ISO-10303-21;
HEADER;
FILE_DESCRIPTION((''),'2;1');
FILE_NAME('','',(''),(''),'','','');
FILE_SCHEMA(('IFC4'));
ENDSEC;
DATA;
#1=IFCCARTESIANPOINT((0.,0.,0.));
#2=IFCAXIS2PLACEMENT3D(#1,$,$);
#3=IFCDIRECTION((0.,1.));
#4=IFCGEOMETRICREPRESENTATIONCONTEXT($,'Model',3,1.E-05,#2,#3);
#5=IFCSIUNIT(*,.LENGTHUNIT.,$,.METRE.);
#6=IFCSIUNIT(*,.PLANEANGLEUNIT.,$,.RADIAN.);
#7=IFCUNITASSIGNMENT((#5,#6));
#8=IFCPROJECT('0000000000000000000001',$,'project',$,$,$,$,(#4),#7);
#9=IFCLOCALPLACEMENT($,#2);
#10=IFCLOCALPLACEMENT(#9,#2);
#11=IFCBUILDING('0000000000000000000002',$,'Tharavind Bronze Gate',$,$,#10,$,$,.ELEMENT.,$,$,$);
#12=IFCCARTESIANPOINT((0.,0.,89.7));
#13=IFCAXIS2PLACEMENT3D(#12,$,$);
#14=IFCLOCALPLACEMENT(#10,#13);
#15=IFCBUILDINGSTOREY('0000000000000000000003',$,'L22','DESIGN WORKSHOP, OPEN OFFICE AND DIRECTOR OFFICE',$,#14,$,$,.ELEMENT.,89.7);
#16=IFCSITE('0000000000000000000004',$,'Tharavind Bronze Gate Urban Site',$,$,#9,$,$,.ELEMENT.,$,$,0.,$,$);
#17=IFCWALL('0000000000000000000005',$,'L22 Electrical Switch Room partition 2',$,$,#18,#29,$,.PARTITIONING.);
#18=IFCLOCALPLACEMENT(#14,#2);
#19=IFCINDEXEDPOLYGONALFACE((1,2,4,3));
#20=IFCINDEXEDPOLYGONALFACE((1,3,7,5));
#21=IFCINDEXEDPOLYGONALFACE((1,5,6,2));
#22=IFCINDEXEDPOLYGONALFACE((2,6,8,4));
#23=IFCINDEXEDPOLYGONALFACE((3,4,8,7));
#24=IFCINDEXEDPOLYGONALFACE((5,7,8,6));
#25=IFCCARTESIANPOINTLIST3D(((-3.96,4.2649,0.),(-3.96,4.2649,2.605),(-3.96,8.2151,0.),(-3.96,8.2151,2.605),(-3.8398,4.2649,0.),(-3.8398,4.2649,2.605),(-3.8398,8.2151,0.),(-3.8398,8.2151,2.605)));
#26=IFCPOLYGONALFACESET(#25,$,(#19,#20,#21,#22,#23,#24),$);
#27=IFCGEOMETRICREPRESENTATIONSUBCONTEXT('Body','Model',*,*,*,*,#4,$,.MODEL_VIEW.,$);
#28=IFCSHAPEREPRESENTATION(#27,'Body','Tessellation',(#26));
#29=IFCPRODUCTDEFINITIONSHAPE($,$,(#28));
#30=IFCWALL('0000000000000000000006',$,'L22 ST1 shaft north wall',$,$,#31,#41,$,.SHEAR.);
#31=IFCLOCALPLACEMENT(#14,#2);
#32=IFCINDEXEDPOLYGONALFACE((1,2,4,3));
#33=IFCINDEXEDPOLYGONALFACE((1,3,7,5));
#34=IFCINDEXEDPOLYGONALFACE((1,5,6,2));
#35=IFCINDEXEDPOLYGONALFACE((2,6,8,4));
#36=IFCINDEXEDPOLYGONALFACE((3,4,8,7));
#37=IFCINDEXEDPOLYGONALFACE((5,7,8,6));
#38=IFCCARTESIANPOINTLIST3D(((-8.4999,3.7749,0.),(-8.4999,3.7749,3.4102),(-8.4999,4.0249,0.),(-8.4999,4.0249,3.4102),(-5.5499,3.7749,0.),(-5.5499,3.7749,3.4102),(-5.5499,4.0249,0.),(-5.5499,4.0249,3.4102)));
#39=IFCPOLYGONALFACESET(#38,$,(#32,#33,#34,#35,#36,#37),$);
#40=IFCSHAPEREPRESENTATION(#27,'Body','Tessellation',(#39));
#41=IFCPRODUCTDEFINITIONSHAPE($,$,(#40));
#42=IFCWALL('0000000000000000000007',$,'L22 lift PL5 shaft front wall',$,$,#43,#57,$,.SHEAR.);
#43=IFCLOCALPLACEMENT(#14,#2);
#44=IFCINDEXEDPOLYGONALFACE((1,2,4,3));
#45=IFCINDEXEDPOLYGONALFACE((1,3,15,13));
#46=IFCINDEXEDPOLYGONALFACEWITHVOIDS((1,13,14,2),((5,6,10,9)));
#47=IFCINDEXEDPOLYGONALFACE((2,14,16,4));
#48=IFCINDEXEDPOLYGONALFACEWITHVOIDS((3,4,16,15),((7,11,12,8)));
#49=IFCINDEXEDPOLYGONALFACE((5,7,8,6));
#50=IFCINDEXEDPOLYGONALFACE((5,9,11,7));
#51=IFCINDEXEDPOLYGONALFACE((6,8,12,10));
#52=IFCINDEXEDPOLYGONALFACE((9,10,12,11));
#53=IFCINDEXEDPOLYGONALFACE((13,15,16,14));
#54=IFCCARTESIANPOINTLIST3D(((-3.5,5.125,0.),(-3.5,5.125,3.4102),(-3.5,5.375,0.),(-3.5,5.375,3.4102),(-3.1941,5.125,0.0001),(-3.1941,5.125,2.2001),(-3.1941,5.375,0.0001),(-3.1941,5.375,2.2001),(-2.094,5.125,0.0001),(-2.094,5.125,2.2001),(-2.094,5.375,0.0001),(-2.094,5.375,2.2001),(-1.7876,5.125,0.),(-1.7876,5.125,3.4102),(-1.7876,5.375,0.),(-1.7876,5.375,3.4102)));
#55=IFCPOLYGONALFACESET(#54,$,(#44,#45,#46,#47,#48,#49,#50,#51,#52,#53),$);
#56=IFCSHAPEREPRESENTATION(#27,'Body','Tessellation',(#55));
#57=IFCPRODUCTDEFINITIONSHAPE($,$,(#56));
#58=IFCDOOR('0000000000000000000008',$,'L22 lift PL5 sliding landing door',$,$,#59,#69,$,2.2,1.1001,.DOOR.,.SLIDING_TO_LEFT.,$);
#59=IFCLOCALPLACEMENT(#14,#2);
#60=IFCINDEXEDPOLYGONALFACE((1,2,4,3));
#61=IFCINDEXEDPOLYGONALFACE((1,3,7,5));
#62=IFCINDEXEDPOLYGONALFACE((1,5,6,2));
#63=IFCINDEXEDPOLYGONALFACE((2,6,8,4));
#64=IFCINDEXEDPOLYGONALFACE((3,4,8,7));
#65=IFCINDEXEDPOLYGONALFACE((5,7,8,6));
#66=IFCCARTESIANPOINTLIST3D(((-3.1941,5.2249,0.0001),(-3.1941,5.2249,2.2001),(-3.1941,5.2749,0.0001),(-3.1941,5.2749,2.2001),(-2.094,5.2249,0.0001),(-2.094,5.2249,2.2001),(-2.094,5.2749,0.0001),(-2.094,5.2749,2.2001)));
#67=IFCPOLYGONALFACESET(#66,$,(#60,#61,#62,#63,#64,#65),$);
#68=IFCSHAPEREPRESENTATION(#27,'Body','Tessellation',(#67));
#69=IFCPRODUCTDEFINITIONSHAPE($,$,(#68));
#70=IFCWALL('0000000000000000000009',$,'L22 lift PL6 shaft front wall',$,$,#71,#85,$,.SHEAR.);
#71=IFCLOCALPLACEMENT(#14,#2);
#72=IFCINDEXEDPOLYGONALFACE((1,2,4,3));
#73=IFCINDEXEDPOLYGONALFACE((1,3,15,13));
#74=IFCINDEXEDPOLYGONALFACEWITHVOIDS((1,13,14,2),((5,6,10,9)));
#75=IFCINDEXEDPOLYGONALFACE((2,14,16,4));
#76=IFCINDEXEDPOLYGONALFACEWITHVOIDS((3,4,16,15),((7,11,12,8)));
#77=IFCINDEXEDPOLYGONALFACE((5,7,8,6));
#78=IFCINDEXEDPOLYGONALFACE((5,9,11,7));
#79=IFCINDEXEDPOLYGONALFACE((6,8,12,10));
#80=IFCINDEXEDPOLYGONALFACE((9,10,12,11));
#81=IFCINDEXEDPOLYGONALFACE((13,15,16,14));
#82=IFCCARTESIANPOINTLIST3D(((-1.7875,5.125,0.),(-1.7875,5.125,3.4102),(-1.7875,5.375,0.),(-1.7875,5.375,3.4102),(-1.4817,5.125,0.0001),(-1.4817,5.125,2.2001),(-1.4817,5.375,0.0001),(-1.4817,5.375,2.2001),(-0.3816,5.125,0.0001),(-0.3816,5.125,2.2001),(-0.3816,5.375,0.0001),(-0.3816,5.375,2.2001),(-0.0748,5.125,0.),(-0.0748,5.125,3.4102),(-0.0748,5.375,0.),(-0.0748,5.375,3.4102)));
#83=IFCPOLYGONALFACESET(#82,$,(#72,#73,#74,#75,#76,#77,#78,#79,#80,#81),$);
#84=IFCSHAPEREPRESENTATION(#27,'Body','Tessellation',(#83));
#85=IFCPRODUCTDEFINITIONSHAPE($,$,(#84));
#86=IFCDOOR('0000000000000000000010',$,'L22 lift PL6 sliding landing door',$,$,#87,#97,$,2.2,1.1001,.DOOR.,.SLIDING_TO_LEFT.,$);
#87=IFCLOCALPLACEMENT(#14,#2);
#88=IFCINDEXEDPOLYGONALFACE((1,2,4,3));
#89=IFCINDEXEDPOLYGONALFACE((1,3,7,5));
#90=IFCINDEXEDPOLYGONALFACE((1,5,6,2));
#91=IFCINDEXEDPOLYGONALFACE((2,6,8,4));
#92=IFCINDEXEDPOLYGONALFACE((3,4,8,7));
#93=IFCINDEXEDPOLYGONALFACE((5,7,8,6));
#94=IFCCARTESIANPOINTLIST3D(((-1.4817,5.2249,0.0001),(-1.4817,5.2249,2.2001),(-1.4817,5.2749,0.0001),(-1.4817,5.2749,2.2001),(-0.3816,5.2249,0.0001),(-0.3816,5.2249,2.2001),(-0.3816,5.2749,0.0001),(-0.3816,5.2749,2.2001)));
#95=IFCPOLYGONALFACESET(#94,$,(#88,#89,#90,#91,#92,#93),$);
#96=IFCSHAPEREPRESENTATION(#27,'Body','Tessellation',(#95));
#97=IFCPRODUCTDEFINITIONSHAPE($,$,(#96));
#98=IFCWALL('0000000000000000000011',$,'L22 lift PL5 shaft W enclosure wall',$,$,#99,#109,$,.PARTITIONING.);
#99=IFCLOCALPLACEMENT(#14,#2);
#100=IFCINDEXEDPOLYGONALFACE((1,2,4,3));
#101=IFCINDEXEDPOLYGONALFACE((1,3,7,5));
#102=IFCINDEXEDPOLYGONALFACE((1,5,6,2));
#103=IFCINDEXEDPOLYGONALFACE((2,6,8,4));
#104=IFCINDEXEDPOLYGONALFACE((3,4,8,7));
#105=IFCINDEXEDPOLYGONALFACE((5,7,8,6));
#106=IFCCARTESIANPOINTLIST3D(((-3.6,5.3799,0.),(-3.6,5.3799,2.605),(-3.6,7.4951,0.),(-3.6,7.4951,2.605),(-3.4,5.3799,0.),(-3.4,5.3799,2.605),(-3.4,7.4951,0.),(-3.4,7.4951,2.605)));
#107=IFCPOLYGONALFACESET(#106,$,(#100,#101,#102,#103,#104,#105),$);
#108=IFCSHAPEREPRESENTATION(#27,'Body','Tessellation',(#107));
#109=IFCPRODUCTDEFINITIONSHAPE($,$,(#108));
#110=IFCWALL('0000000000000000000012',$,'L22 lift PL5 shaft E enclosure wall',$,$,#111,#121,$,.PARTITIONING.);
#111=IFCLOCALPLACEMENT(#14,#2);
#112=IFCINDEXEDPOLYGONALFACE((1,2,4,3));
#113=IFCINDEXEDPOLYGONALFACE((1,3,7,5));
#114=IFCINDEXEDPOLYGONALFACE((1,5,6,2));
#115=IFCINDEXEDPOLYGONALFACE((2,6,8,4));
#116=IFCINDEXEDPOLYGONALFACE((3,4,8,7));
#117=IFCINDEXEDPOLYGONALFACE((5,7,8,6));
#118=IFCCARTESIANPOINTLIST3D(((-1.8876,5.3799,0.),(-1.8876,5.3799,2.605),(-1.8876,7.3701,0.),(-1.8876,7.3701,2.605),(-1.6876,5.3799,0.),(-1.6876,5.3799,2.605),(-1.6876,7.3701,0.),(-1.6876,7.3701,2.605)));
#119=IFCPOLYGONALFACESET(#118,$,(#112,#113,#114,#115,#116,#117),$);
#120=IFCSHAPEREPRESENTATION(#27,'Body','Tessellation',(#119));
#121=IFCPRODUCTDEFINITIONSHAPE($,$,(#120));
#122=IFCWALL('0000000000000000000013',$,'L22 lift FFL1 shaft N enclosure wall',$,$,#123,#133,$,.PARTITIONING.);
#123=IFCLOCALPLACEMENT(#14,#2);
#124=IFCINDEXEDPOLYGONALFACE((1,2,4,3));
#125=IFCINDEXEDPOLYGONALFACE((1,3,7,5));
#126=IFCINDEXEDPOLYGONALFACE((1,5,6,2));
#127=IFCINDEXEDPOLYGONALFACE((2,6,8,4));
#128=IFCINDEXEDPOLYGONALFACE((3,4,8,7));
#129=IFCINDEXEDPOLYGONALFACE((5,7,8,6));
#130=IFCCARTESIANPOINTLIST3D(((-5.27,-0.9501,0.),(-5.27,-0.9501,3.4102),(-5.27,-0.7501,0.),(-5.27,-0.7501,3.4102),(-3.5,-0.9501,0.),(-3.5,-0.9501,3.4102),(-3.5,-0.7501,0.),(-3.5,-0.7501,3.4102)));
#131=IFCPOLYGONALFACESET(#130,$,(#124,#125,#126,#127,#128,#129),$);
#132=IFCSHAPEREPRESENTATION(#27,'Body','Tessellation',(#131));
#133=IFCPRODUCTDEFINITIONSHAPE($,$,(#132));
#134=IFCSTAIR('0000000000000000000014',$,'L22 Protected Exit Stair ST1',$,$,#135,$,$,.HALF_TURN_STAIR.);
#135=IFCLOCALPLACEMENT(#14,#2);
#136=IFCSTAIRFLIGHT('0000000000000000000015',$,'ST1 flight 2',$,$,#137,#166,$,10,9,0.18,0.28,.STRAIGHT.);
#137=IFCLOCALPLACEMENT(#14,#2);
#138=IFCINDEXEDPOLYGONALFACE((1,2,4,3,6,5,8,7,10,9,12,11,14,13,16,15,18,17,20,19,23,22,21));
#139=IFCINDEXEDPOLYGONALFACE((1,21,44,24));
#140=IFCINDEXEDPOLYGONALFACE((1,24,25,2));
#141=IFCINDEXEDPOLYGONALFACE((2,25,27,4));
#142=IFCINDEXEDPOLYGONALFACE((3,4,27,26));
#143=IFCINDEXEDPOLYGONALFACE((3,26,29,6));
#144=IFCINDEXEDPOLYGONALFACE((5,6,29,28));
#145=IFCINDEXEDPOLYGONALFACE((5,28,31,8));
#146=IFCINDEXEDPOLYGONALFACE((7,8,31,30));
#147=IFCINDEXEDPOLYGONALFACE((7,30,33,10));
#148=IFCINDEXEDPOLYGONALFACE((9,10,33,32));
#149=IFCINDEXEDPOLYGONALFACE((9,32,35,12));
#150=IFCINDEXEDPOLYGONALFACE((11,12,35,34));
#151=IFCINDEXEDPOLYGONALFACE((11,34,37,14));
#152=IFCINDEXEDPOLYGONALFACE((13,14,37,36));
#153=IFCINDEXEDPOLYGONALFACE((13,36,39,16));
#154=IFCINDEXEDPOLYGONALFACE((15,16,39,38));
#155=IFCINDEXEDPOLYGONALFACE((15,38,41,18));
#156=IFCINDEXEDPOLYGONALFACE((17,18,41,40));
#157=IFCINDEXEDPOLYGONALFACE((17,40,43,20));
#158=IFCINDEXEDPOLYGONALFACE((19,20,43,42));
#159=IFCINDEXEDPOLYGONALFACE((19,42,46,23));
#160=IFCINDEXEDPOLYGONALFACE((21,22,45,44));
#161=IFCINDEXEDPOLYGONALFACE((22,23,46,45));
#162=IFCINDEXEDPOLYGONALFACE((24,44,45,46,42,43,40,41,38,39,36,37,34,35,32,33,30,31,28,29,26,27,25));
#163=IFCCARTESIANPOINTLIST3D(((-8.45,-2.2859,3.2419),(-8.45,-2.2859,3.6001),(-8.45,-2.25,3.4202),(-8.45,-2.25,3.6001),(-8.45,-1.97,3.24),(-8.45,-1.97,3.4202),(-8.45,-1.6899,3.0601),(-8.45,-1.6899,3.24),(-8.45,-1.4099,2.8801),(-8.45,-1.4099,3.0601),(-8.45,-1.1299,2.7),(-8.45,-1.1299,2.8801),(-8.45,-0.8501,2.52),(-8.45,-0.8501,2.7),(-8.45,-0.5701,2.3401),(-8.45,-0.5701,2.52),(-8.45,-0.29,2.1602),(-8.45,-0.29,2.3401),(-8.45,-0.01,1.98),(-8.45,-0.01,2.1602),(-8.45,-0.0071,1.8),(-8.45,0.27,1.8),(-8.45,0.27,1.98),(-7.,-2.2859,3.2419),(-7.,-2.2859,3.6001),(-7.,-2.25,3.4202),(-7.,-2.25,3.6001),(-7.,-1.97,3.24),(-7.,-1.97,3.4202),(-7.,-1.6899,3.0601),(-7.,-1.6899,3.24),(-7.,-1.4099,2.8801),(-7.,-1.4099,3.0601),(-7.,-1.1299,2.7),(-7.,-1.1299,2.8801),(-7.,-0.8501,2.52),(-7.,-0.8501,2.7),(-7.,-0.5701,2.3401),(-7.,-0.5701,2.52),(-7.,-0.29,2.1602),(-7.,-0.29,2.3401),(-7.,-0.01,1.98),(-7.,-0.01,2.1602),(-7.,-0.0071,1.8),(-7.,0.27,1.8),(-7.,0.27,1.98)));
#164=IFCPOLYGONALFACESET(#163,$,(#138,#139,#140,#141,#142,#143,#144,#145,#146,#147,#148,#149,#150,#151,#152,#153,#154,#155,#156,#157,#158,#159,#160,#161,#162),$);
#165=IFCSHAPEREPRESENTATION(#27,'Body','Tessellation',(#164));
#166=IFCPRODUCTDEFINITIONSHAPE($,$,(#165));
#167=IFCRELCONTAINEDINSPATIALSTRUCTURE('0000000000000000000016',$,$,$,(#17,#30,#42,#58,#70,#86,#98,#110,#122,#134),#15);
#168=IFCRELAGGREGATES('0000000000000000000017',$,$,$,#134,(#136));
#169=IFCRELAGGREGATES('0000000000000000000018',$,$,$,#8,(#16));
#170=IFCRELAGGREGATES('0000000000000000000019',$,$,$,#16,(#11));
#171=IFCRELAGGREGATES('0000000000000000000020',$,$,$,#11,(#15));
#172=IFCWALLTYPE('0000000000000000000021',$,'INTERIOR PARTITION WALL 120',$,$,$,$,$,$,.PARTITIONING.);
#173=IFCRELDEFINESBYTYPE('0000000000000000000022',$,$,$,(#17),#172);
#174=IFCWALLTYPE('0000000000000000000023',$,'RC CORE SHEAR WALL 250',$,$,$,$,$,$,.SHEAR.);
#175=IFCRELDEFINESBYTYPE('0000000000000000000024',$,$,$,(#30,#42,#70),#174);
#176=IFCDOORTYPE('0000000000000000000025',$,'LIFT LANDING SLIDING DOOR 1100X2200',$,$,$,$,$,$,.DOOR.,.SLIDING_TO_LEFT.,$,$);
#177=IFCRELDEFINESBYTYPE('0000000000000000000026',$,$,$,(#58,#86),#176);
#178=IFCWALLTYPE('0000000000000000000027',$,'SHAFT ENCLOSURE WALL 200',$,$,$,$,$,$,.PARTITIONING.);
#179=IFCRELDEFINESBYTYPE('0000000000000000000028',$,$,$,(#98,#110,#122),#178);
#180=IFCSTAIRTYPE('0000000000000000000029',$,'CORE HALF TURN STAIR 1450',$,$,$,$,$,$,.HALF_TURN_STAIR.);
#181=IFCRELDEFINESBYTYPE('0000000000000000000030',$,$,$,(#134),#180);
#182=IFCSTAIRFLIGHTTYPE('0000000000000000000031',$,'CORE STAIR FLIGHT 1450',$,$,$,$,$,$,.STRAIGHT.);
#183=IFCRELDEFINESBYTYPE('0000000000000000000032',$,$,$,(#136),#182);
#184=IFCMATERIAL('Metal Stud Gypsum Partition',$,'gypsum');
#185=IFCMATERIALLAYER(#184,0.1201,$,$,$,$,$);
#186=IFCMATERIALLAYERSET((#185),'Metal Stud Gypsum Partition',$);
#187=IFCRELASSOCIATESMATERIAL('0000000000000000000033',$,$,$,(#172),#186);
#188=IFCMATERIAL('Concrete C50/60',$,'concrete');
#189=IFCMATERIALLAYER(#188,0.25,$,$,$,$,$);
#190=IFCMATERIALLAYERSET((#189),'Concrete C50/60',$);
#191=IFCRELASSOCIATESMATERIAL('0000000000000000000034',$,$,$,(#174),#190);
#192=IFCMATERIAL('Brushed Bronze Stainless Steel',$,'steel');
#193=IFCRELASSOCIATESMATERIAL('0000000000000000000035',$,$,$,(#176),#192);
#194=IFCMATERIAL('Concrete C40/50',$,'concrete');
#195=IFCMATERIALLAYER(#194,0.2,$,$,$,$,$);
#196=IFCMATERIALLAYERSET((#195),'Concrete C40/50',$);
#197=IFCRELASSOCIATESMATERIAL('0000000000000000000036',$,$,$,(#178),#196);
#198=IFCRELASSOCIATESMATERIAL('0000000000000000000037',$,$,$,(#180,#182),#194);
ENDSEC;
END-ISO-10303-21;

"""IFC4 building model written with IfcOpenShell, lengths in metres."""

from ifc_helpers import new_model, si_unit, direction, frame, frame_2d, origin, place, context, subcontext, project, spatial, polyline, rectangle, outline, extrude, material, layer, layer_set, type_object, element, fill, aggregate, save


model = new_model("IFC4")

# Units and contexts
model_context = context("Model", 3, precision=1e-05, world=origin(), true_north=direction((0.0, 1.0)))
body_context = subcontext(model_context, "Body", "Model", "MODEL_VIEW")
ifc_project = project(units=[si_unit("LENGTHUNIT", "METRE"), si_unit("PLANEANGLEUNIT", "RADIAN")], contexts=[model_context])

# Site, building, storey
site_placement = place(None, origin())
site = spatial("IfcSite", under=ifc_project, at=site_placement, Name="Tharavind Bronze Gate Urban Site", CompositionType="ELEMENT", RefElevation=0.0)
building_placement = place(site_placement, origin())
building = spatial("IfcBuilding", under=site, at=building_placement, Name="Tharavind Bronze Gate", CompositionType="ELEMENT")
storey_placement = place(building_placement, frame((0.0, 0.0, 89.7)))
storey = spatial("IfcBuildingStorey", under=building, at=storey_placement, Name="L22", Description="DESIGN WORKSHOP, OPEN OFFICE AND DIRECTOR OFFICE", CompositionType="ELEMENT", Elevation=89.7)

# Shared definitions
ifc_material_1 = material(Name="Metal Stud Gypsum Partition", Category="gypsum")
ifc_layer_1 = layer(ifc_material_1, 0.1201)
ifc_layer_set_1 = layer_set([ifc_layer_1], Name="Metal Stud Gypsum Partition")
wall_type_1 = type_object("IfcWallType", Name="INTERIOR PARTITION WALL 120", PredefinedType="PARTITIONING", material=ifc_layer_set_1)

# Walls
wall_1_placement = place(storey_placement, frame((-3.8999, 4.2649, 0.0), z_axis=(0.0, 0.0, 1.0), x_axis=(0.0, 1.0, 0.0)))
element("IfcWall", 1, at=wall_1_placement, inside=storey, type_object=wall_type_1, Name="L22 Electrical Switch Room partition 2", PredefinedType="PARTITIONING", context=body_context, shape_type="SweptSolid", body=[
    extrude(rectangle(XDim=3.9502, YDim=0.1201, at=frame_2d((1.9751, 0.0))), origin(), (0.0, 0.0, 1.0), 2.605),
])
ifc_material_2 = material(Name="Concrete C50/60", Category="concrete")
ifc_layer_2 = layer(ifc_material_2, 0.25)
ifc_layer_set_2 = layer_set([ifc_layer_2], Name="Concrete C50/60")
wall_type_2 = type_object("IfcWallType", Name="RC CORE SHEAR WALL 250", PredefinedType="SHEAR", material=ifc_layer_set_2)
wall_2_placement = place(storey_placement, frame((-8.5, 3.8999, 0.0), z_axis=(0.0, 0.0, 1.0), x_axis=(1.0, 0.0, 0.0)))
element("IfcWall", 2, at=wall_2_placement, inside=storey, type_object=wall_type_2, Name="L22 ST1 shaft north wall", PredefinedType="SHEAR", context=body_context, shape_type="SweptSolid", body=[
    extrude(rectangle(XDim=2.95, YDim=0.25, at=frame_2d((1.4751, 0.0))), origin(), (0.0, 0.0, 1.0), 3.4102),
])

# Walls, openings, doors
wall_3_placement = place(storey_placement, frame((-3.5, 5.25, 0.0), z_axis=(0.0, 0.0, 1.0), x_axis=(1.0, 0.0, 0.0)))
wall_3 = element("IfcWall", 3, at=wall_3_placement, inside=storey, type_object=wall_type_2, Name="L22 lift PL5 shaft front wall", PredefinedType="SHEAR", context=body_context, shape_type="SweptSolid", body=[
    extrude(rectangle(XDim=1.7124, YDim=0.25, at=frame_2d((0.8562, 0.0))), origin(), (0.0, 0.0, 1.0), 3.4102),
])
opening_1_placement = place(wall_3_placement, frame((0.3059, 0.0, 0.0)))
opening_1 = element("IfcOpeningElement", 4, at=opening_1_placement, cuts=wall_3, PredefinedType="OPENING", context=body_context, shape_type="SweptSolid", body=[
    extrude(rectangle(XDim=1.1001, YDim=2.2, at=frame_2d((0.55, 1.1001))), frame((0.0, 0.135, 0.0), z_axis=(0.0, -1.0, 0.0), x_axis=(1.0, 0.0, 0.0)), (0.0, 0.0, 1.0), 0.27),
])
ifc_material_3 = material(Name="Brushed Bronze Stainless Steel", Category="steel")
door_type_1 = type_object("IfcDoorType", Name="LIFT LANDING SLIDING DOOR 1100X2200", OperationType="SLIDING_TO_LEFT", PredefinedType="DOOR", material=ifc_material_3)
door_1_placement = place(opening_1_placement, origin())
door_1 = element("IfcDoor", 5, at=door_1_placement, inside=storey, type_object=door_type_1, Name="L22 lift PL5 sliding landing door", OperationType="SLIDING_TO_LEFT", OverallHeight=2.2, OverallWidth=1.1001, PredefinedType="DOOR", context=body_context, shape_type="SweptSolid", body=[
    extrude(rectangle(XDim=1.1001, YDim=2.2, at=frame_2d((0.55, 1.1001))), frame((0.0, 0.0249, 0.0), z_axis=(0.0, -1.0, 0.0), x_axis=(1.0, 0.0, 0.0)), (0.0, 0.0, 1.0), 0.05),
])
fill(opening_1, door_1)
wall_4_placement = place(storey_placement, frame((-1.7876, 5.25, 0.0), z_axis=(0.0, 0.0, 1.0), x_axis=(1.0, 0.0, 0.0)))
wall_4 = element("IfcWall", 6, at=wall_4_placement, inside=storey, type_object=wall_type_2, Name="L22 lift PL6 shaft front wall", PredefinedType="SHEAR", context=body_context, shape_type="SweptSolid", body=[
    extrude(rectangle(XDim=1.7126, YDim=0.25, at=frame_2d((0.8564, 0.0))), origin(), (0.0, 0.0, 1.0), 3.4102),
])
opening_2_placement = place(wall_4_placement, frame((0.3059, 0.0, 0.0)))
opening_2 = element("IfcOpeningElement", 7, at=opening_2_placement, cuts=wall_4, PredefinedType="OPENING", context=body_context, shape_type="SweptSolid", body=[
    extrude(rectangle(XDim=1.1001, YDim=2.2, at=frame_2d((0.55, 1.1001))), frame((0.0, 0.135, 0.0), z_axis=(0.0, -1.0, 0.0), x_axis=(1.0, 0.0, 0.0)), (0.0, 0.0, 1.0), 0.27),
])
door_2_placement = place(opening_2_placement, origin())
door_2 = element("IfcDoor", 8, at=door_2_placement, inside=storey, type_object=door_type_1, Name="L22 lift PL6 sliding landing door", OperationType="SLIDING_TO_LEFT", OverallHeight=2.2, OverallWidth=1.1001, PredefinedType="DOOR", context=body_context, shape_type="SweptSolid", body=[
    extrude(rectangle(XDim=1.1001, YDim=2.2, at=frame_2d((0.55, 1.1001))), frame((0.0, 0.0249, 0.0), z_axis=(0.0, -1.0, 0.0), x_axis=(1.0, 0.0, 0.0)), (0.0, 0.0, 1.0), 0.05),
])
fill(opening_2, door_2)

# Walls
ifc_material_4 = material(Name="Concrete C40/50", Category="concrete")
ifc_layer_3 = layer(ifc_material_4, 0.2)
ifc_layer_set_3 = layer_set([ifc_layer_3], Name="Concrete C40/50")
wall_type_3 = type_object("IfcWallType", Name="SHAFT ENCLOSURE WALL 200", PredefinedType="PARTITIONING", material=ifc_layer_set_3)
wall_5_placement = place(storey_placement, frame((-3.5, 5.3799, 0.0), z_axis=(0.0, 0.0, 1.0), x_axis=(0.0, 1.0, 0.0)))
element("IfcWall", 9, at=wall_5_placement, inside=storey, type_object=wall_type_3, Name="L22 lift PL5 shaft W enclosure wall", PredefinedType="PARTITIONING", context=body_context, shape_type="SweptSolid", body=[
    extrude(rectangle(XDim=2.1152, YDim=0.2, at=frame_2d((1.0576, 0.0))), origin(), (0.0, 0.0, 1.0), 2.605),
])
wall_6_placement = place(storey_placement, frame((-1.7876, 5.3799, 0.0), z_axis=(0.0, 0.0, 1.0), x_axis=(0.0, 1.0, 0.0)))
element("IfcWall", 10, at=wall_6_placement, inside=storey, type_object=wall_type_3, Name="L22 lift PL5 shaft E enclosure wall", PredefinedType="PARTITIONING", context=body_context, shape_type="SweptSolid", body=[
    extrude(rectangle(XDim=1.9902, YDim=0.2, at=frame_2d((0.9951, 0.0))), origin(), (0.0, 0.0, 1.0), 2.605),
])
wall_7_placement = place(storey_placement, frame((-5.27, -0.8501, 0.0), z_axis=(0.0, 0.0, 1.0), x_axis=(1.0, 0.0, 0.0)))
element("IfcWall", 11, at=wall_7_placement, inside=storey, type_object=wall_type_3, Name="L22 lift FFL1 shaft N enclosure wall", PredefinedType="PARTITIONING", context=body_context, shape_type="SweptSolid", body=[
    extrude(rectangle(XDim=1.77, YDim=0.2, at=frame_2d((0.885, 0.0))), origin(), (0.0, 0.0, 1.0), 3.4102),
])

# Stair, stair flight
stair_type = type_object("IfcStairType", Name="CORE HALF TURN STAIR 1450", PredefinedType="HALF_TURN_STAIR", material=ifc_material_4)
stair_placement = place(storey_placement, origin())
stair = element("IfcStair", 12, at=stair_placement, inside=storey, type_object=stair_type, Name="L22 Protected Exit Stair ST1", PredefinedType="HALF_TURN_STAIR")
stair_flight_type = type_object("IfcStairFlightType", Name="CORE STAIR FLIGHT 1450", PredefinedType="STRAIGHT", material=ifc_material_4)
stair_flight_placement = place(storey_placement, frame((-7.7251, 0.27, 1.8), z_axis=(0.0, 0.0, 1.0), x_axis=(0.0, -1.0, 0.0)))
stair_flight = element("IfcStairFlight", 13, at=stair_flight_placement, type_object=stair_flight_type, Name="ST1 flight 2", NumberOfRisers=10, NumberOfTreads=9, PredefinedType="STRAIGHT", RiserHeight=0.18, TreadLength=0.28, context=body_context, shape_type="SweptSolid", body=[
    extrude(outline(polyline([(0.0, 0.0), (0.0, 0.1799), (0.28, 0.1799), (0.28, 0.3601), (0.5601, 0.3601), (0.5601, 0.54), (0.8401, 0.54), (0.8401, 0.72), (1.1201, 0.72), (1.1201, 0.8999), (1.3999, 0.8999), (1.3999, 1.0801), (1.6799, 1.0801), (1.6799, 1.26), (1.96, 1.26), (1.96, 1.4399), (2.24, 1.4399), (2.24, 1.6201), (2.52, 1.6201), (2.52, 1.8), (2.5559, 1.8), (2.5559, 1.4419), (0.2771, 0.0), (0.0, 0.0)])), frame((0.0, 0.7251, 0.0), z_axis=(0.0, -1.0, 0.0), x_axis=(1.0, 0.0, 0.0)), (0.0, 0.0, 1.0), 1.45),
])
aggregate(stair, [stair_flight])

save(model, "model.ifc")
